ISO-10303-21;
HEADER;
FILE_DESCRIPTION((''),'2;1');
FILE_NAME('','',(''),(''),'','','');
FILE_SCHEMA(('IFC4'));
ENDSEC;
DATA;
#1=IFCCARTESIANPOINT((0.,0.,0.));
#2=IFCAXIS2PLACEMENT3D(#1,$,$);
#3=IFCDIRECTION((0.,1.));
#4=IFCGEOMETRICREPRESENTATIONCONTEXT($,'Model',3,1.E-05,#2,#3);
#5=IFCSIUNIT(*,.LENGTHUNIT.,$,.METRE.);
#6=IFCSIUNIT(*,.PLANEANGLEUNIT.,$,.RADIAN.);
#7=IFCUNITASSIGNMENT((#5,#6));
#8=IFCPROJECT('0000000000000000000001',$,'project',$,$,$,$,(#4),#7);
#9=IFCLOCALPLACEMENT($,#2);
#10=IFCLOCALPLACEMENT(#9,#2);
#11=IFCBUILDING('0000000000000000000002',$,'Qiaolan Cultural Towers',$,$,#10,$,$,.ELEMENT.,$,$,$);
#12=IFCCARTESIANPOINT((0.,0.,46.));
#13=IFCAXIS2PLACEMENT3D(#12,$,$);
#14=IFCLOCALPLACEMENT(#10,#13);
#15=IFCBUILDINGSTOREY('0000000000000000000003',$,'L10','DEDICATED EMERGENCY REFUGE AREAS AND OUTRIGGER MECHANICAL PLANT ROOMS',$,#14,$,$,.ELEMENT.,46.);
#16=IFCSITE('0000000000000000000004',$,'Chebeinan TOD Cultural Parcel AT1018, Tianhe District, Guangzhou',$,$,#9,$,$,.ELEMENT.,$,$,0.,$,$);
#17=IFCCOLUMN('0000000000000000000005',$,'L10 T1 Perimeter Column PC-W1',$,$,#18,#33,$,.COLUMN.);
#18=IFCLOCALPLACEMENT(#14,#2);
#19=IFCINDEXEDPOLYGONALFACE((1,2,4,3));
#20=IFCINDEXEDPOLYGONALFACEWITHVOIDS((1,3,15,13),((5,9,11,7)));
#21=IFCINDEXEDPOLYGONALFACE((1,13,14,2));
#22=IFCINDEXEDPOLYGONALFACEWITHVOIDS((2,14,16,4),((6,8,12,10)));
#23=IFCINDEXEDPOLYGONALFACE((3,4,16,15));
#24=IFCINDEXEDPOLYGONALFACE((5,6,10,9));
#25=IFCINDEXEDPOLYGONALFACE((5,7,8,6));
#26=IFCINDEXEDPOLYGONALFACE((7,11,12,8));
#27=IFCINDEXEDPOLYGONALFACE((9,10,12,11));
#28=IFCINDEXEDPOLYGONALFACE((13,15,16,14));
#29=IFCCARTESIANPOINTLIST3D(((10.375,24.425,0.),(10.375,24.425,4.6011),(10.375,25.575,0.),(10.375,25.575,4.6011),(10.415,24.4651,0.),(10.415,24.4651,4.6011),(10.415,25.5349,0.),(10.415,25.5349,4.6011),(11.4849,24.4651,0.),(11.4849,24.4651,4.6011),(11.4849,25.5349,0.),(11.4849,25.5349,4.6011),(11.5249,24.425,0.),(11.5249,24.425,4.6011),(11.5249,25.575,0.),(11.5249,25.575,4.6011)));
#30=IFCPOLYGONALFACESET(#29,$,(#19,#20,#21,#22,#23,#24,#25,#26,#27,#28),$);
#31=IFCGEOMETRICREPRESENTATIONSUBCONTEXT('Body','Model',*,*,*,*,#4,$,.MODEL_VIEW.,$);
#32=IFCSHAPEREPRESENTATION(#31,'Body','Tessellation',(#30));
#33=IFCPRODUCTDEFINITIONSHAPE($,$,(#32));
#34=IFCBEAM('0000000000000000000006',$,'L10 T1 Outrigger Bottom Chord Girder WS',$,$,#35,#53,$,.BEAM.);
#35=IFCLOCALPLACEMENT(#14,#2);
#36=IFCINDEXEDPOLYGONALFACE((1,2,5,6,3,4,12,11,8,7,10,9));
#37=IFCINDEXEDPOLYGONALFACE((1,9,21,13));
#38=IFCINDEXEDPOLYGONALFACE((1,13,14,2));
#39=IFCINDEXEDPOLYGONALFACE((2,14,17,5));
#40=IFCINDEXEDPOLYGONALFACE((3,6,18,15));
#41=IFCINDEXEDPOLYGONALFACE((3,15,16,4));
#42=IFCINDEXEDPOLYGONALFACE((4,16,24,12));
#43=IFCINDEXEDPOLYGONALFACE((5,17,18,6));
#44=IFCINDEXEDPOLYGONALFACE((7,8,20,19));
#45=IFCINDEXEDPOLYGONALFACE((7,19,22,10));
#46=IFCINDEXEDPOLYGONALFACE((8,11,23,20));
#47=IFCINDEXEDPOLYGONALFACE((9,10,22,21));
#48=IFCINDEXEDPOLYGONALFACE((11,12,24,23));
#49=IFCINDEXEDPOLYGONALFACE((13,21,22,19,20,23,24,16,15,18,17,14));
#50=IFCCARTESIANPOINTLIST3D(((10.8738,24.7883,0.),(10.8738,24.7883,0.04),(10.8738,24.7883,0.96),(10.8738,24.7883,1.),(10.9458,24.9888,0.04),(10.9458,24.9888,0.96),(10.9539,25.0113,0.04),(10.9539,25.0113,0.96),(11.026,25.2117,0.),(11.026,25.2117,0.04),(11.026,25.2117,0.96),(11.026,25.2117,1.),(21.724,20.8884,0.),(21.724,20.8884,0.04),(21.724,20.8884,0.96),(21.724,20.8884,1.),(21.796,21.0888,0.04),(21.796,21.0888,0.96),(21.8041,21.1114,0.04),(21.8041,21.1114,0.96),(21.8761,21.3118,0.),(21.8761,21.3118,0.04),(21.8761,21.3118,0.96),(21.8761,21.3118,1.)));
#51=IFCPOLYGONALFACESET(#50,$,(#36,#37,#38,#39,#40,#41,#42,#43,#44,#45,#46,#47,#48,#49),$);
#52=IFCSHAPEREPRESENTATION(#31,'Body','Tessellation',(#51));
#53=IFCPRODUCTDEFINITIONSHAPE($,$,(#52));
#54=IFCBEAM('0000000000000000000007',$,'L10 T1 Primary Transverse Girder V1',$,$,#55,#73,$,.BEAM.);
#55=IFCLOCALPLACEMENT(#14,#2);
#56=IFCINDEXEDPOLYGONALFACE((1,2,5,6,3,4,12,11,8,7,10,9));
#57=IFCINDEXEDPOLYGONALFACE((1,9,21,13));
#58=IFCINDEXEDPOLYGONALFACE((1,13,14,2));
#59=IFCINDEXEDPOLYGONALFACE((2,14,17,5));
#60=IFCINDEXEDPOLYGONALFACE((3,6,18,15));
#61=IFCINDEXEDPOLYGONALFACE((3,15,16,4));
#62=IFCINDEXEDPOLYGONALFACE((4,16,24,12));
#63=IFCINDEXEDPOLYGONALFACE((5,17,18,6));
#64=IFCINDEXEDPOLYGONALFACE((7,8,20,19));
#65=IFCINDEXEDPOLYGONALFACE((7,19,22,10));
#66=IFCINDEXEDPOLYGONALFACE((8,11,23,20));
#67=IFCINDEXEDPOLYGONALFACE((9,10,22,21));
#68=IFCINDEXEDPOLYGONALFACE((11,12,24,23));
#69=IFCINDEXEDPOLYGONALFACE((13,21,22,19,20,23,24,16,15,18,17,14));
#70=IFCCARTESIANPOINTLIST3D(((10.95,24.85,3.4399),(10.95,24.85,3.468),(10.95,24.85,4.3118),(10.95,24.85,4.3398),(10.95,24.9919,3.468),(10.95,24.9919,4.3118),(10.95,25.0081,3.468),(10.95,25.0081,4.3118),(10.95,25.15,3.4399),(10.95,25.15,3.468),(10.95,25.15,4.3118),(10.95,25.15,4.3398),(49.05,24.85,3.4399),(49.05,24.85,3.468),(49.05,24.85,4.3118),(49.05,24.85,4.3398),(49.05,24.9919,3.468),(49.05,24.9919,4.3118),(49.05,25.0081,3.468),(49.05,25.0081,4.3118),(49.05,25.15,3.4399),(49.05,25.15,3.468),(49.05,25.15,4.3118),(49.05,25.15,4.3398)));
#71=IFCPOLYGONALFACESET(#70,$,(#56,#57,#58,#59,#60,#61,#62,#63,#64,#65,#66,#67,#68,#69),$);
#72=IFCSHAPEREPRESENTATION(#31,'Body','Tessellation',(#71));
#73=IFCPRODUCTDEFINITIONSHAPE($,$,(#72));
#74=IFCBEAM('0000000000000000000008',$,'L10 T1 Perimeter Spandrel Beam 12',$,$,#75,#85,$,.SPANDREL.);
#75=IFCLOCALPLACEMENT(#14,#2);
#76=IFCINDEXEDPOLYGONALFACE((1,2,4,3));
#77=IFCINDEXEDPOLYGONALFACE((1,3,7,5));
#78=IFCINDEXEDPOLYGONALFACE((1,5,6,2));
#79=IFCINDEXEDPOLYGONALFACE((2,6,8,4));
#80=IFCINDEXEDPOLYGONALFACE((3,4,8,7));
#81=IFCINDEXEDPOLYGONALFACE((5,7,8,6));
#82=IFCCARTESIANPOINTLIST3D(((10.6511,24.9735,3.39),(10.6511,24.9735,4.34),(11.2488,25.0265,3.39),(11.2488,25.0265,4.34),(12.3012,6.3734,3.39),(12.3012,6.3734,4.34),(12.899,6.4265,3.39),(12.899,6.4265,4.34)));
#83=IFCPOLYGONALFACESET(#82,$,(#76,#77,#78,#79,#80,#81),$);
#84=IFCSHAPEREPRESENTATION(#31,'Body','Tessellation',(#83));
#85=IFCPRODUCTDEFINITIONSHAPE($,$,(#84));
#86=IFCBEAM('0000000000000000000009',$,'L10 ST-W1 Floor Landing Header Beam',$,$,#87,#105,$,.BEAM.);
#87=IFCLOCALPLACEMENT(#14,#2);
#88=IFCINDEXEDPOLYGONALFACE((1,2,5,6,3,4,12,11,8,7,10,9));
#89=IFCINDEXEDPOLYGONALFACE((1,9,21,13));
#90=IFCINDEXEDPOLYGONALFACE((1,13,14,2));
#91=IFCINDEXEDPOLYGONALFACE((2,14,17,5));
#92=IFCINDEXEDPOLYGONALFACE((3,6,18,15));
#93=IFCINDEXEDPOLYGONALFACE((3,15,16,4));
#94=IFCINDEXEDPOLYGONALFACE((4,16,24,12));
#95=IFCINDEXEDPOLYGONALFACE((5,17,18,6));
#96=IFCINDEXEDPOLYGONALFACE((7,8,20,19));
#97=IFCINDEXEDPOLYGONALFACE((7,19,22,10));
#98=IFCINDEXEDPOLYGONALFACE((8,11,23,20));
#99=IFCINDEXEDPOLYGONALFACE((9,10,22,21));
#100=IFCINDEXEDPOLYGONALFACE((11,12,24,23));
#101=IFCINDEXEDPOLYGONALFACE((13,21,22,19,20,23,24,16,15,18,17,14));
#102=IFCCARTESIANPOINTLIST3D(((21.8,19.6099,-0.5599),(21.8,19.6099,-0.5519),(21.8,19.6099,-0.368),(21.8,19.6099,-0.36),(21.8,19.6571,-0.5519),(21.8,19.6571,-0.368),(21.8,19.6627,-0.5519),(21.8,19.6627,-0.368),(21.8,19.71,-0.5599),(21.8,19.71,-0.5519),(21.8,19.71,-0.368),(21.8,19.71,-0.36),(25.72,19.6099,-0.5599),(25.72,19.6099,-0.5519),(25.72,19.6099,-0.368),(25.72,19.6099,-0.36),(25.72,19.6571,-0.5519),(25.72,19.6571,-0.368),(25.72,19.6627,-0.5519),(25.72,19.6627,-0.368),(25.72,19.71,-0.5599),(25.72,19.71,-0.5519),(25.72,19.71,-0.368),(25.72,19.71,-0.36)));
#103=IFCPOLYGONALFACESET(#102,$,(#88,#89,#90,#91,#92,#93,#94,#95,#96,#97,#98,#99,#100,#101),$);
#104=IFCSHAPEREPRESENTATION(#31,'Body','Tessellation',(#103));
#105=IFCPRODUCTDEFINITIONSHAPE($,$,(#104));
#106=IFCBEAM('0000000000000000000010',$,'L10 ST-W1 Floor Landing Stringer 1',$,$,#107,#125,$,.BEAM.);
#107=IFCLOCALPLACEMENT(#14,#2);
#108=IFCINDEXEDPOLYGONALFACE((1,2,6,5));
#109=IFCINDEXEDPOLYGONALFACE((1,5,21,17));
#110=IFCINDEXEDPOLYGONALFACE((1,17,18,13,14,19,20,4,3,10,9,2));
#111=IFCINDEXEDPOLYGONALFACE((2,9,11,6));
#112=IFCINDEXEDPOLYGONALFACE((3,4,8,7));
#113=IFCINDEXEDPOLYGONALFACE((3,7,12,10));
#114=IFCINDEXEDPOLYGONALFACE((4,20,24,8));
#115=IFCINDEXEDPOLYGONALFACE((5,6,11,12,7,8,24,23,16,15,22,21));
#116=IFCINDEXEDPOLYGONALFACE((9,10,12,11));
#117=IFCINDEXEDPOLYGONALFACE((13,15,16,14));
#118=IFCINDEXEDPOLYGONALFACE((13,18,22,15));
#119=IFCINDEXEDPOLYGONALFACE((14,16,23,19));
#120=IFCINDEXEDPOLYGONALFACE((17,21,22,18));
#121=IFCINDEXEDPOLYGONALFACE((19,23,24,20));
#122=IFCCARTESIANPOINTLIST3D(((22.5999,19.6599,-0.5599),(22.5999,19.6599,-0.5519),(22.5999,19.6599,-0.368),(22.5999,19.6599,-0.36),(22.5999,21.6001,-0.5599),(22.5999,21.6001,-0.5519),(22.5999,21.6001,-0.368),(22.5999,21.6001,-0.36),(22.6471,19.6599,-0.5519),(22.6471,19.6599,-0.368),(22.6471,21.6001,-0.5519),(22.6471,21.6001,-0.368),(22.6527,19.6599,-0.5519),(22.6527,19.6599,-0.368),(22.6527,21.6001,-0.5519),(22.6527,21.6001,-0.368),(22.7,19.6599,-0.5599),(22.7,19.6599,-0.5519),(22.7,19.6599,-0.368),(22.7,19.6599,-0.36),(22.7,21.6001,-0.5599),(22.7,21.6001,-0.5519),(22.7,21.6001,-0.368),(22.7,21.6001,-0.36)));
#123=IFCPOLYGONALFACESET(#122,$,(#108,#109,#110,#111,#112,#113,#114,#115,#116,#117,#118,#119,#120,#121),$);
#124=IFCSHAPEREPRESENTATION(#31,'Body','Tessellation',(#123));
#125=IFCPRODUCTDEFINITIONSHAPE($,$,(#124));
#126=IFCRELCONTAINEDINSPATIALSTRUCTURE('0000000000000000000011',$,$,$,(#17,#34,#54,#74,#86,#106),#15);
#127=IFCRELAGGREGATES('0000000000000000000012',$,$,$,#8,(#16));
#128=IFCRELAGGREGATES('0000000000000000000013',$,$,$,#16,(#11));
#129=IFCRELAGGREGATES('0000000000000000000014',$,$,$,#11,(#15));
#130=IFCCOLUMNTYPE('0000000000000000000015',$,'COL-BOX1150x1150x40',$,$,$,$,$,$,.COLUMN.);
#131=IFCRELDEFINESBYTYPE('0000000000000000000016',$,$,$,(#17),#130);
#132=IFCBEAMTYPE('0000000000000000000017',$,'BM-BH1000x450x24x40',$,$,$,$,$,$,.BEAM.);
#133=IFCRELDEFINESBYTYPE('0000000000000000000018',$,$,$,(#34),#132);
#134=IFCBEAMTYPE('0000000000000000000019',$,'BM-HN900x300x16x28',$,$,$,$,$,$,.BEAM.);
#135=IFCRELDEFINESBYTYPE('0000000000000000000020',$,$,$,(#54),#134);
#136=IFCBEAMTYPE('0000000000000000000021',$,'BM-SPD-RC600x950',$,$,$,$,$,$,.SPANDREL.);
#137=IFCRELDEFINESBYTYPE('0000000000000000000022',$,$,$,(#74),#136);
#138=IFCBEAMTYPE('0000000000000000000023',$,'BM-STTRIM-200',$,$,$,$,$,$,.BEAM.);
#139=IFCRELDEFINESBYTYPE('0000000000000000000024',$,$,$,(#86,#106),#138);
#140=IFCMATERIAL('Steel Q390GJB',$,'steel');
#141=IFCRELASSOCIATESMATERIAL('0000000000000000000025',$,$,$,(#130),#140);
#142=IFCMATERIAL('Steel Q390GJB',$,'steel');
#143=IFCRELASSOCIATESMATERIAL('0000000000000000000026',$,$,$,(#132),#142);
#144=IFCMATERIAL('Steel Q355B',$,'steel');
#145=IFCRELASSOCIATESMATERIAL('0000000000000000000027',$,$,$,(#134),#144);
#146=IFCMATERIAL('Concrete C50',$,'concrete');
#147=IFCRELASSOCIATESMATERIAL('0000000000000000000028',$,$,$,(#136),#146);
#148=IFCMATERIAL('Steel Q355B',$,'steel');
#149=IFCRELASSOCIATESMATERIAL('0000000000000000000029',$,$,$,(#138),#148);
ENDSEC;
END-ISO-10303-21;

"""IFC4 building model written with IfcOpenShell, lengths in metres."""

from ifc_helpers import new_model, si_unit, direction, frame, origin, origin_2d, place, context, subcontext, project, spatial, rectangle, hollow_rectangle, i_section, extrude, material, material_profile, profile_set, type_object, element, save


model = new_model("IFC4")

# Units and contexts
model_context = context("Model", 3, precision=1e-05, world=origin(), true_north=direction((0.0, 1.0)))
body_context = subcontext(model_context, "Body", "Model", "MODEL_VIEW")
ifc_project = project(units=[si_unit("LENGTHUNIT", "METRE"), si_unit("PLANEANGLEUNIT", "RADIAN")], contexts=[model_context])

# Site, building, storey
site_placement = place(None, origin())
site = spatial("IfcSite", under=ifc_project, at=site_placement, Name="Chebeinan TOD Cultural Parcel AT1018, Tianhe District, Guangzhou", CompositionType="ELEMENT", RefElevation=0.0)
building_placement = place(site_placement, origin())
building = spatial("IfcBuilding", under=site, at=building_placement, Name="Qiaolan Cultural Towers", CompositionType="ELEMENT")
storey_placement = place(building_placement, frame((0.0, 0.0, 46.0)))
storey = spatial("IfcBuildingStorey", under=building, at=storey_placement, Name="L10", Description="DEDICATED EMERGENCY REFUGE AREAS AND OUTRIGGER MECHANICAL PLANT ROOMS", CompositionType="ELEMENT", Elevation=46.0)

# Column
ifc_material_1 = material(Name="Steel Q390GJB", Category="steel")
ifc_material_profile_1 = material_profile(ifc_material_1, hollow_rectangle(XDim=1.1499, YDim=1.1499, WallThickness=0.04, at=origin_2d()), Name="BOX1150x1150x40")
ifc_profile_set_1 = profile_set([ifc_material_profile_1], Name="Steel Q390GJB")
column_type = type_object("IfcColumnType", Name="COL-BOX1150x1150x40", PredefinedType="COLUMN", material=ifc_profile_set_1)
column_placement = place(storey_placement, frame((10.95, 25.0, 0.0), z_axis=(0.0, 0.0, 1.0), x_axis=(1.0, 0.0, 0.0)))
element("IfcColumn", 1, at=column_placement, inside=storey, type_object=column_type, Name="L10 T1 Perimeter Column PC-W1", PredefinedType="COLUMN", context=body_context, shape_type="SweptSolid", body=[
    extrude(hollow_rectangle(XDim=1.1499, YDim=1.1499, WallThickness=0.04, at=origin_2d()), origin(), (0.0, 0.0, 1.0), 4.6011),
])

# Beams
ifc_material_2 = material(Name="Steel Q390GJB", Category="steel")
ifc_material_profile_2 = material_profile(ifc_material_2, i_section(OverallWidth=0.45, OverallDepth=1.0, WebThickness=0.0239, FlangeThickness=0.04, at=origin_2d()), Name="BH1000x450x24x40")
ifc_profile_set_2 = profile_set([ifc_material_profile_2], Name="Steel Q390GJB")
beam_type_1 = type_object("IfcBeamType", Name="BM-BH1000x450x24x40", PredefinedType="BEAM", material=ifc_profile_set_2)
beam_1_placement = place(storey_placement, frame((21.8, 21.1001, 0.5), z_axis=(-0.941057, 0.338249, 0.0), x_axis=(-0.338249, -0.941057, 0.0)))
element("IfcBeam", 2, at=beam_1_placement, inside=storey, type_object=beam_type_1, Name="L10 T1 Outrigger Bottom Chord Girder WS", PredefinedType="BEAM", context=body_context, shape_type="SweptSolid", body=[
    extrude(i_section(OverallWidth=0.45, OverallDepth=1.0, WebThickness=0.0239, FlangeThickness=0.04, at=origin_2d()), origin(), (0.0, 0.0, 1.0), 11.5298),
])
ifc_material_3 = material(Name="Steel Q355B", Category="steel")
ifc_material_profile_3 = material_profile(ifc_material_3, i_section(OverallWidth=0.3, OverallDepth=0.8999, WebThickness=0.0161, FlangeThickness=0.0281, at=origin_2d()), Name="HN900x300x16x28")
ifc_profile_set_3 = profile_set([ifc_material_profile_3], Name="Steel Q355B")
beam_type_2 = type_object("IfcBeamType", Name="BM-HN900x300x16x28", PredefinedType="BEAM", material=ifc_profile_set_3)
beam_2_placement = place(storey_placement, frame((10.95, 25.0, 3.8899), z_axis=(1.0, 0.0, 0.0), x_axis=(0.0, 1.0, 0.0)))
element("IfcBeam", 3, at=beam_2_placement, inside=storey, type_object=beam_type_2, Name="L10 T1 Primary Transverse Girder V1", PredefinedType="BEAM", context=body_context, shape_type="SweptSolid", body=[
    extrude(i_section(OverallWidth=0.3, OverallDepth=0.8999, WebThickness=0.0161, FlangeThickness=0.0281, at=origin_2d()), origin(), (0.0, 0.0, 1.0), 38.1001),
])
ifc_material_4 = material(Name="Concrete C50", Category="concrete")
ifc_material_profile_4 = material_profile(ifc_material_4, rectangle(XDim=0.6001, YDim=0.95, at=origin_2d()), Name="RC600x950")
ifc_profile_set_4 = profile_set([ifc_material_profile_4], Name="Concrete C50")
beam_type_3 = type_object("IfcBeamType", Name="BM-SPD-RC600x950", PredefinedType="SPANDREL", material=ifc_profile_set_4)
beam_3_placement = place(storey_placement, frame((10.95, 25.0, 3.865), z_axis=(0.08837, -0.996088, 0.0), x_axis=(0.996088, 0.08837, 0.0)))
element("IfcBeam", 4, at=beam_3_placement, inside=storey, type_object=beam_type_3, Name="L10 T1 Perimeter Spandrel Beam 12", PredefinedType="SPANDREL", context=body_context, shape_type="SweptSolid", body=[
    extrude(rectangle(XDim=0.6001, YDim=0.95, at=origin_2d()), origin(), (0.0, 0.0, 1.0), 18.6731),
])
ifc_material_5 = material(Name="Steel Q355B", Category="steel")
ifc_material_profile_5 = material_profile(ifc_material_5, i_section(OverallWidth=0.1001, OverallDepth=0.2, WebThickness=0.0056, FlangeThickness=0.0081, at=origin_2d()), Name="HN200x100x5.5x8")
ifc_profile_set_5 = profile_set([ifc_material_profile_5], Name="Steel Q355B")
beam_type_4 = type_object("IfcBeamType", Name="BM-STTRIM-200", PredefinedType="BEAM", material=ifc_profile_set_5)
beam_4_placement = place(storey_placement, frame((21.8, 19.6599, -0.46), z_axis=(1.0, 0.0, 0.0), x_axis=(0.0, 1.0, 0.0)))
element("IfcBeam", 5, at=beam_4_placement, inside=storey, type_object=beam_type_4, Name="L10 ST-W1 Floor Landing Header Beam", PredefinedType="BEAM", context=body_context, shape_type="SweptSolid", body=[
    extrude(i_section(OverallWidth=0.1001, OverallDepth=0.2, WebThickness=0.0056, FlangeThickness=0.0081, at=origin_2d()), origin(), (0.0, 0.0, 1.0), 3.9199),
])
beam_5_placement = place(storey_placement, frame((22.6499, 21.6001, -0.46), z_axis=(0.0, -1.0, 0.0), x_axis=(1.0, 0.0, 0.0)))
element("IfcBeam", 6, at=beam_5_placement, inside=storey, type_object=beam_type_4, Name="L10 ST-W1 Floor Landing Stringer 1", PredefinedType="BEAM", context=body_context, shape_type="SweptSolid", body=[
    extrude(i_section(OverallWidth=0.1001, OverallDepth=0.2, WebThickness=0.0056, FlangeThickness=0.0081, at=origin_2d()), origin(), (0.0, 0.0, 1.0), 1.9402),
])

save(model, "model.ifc")
